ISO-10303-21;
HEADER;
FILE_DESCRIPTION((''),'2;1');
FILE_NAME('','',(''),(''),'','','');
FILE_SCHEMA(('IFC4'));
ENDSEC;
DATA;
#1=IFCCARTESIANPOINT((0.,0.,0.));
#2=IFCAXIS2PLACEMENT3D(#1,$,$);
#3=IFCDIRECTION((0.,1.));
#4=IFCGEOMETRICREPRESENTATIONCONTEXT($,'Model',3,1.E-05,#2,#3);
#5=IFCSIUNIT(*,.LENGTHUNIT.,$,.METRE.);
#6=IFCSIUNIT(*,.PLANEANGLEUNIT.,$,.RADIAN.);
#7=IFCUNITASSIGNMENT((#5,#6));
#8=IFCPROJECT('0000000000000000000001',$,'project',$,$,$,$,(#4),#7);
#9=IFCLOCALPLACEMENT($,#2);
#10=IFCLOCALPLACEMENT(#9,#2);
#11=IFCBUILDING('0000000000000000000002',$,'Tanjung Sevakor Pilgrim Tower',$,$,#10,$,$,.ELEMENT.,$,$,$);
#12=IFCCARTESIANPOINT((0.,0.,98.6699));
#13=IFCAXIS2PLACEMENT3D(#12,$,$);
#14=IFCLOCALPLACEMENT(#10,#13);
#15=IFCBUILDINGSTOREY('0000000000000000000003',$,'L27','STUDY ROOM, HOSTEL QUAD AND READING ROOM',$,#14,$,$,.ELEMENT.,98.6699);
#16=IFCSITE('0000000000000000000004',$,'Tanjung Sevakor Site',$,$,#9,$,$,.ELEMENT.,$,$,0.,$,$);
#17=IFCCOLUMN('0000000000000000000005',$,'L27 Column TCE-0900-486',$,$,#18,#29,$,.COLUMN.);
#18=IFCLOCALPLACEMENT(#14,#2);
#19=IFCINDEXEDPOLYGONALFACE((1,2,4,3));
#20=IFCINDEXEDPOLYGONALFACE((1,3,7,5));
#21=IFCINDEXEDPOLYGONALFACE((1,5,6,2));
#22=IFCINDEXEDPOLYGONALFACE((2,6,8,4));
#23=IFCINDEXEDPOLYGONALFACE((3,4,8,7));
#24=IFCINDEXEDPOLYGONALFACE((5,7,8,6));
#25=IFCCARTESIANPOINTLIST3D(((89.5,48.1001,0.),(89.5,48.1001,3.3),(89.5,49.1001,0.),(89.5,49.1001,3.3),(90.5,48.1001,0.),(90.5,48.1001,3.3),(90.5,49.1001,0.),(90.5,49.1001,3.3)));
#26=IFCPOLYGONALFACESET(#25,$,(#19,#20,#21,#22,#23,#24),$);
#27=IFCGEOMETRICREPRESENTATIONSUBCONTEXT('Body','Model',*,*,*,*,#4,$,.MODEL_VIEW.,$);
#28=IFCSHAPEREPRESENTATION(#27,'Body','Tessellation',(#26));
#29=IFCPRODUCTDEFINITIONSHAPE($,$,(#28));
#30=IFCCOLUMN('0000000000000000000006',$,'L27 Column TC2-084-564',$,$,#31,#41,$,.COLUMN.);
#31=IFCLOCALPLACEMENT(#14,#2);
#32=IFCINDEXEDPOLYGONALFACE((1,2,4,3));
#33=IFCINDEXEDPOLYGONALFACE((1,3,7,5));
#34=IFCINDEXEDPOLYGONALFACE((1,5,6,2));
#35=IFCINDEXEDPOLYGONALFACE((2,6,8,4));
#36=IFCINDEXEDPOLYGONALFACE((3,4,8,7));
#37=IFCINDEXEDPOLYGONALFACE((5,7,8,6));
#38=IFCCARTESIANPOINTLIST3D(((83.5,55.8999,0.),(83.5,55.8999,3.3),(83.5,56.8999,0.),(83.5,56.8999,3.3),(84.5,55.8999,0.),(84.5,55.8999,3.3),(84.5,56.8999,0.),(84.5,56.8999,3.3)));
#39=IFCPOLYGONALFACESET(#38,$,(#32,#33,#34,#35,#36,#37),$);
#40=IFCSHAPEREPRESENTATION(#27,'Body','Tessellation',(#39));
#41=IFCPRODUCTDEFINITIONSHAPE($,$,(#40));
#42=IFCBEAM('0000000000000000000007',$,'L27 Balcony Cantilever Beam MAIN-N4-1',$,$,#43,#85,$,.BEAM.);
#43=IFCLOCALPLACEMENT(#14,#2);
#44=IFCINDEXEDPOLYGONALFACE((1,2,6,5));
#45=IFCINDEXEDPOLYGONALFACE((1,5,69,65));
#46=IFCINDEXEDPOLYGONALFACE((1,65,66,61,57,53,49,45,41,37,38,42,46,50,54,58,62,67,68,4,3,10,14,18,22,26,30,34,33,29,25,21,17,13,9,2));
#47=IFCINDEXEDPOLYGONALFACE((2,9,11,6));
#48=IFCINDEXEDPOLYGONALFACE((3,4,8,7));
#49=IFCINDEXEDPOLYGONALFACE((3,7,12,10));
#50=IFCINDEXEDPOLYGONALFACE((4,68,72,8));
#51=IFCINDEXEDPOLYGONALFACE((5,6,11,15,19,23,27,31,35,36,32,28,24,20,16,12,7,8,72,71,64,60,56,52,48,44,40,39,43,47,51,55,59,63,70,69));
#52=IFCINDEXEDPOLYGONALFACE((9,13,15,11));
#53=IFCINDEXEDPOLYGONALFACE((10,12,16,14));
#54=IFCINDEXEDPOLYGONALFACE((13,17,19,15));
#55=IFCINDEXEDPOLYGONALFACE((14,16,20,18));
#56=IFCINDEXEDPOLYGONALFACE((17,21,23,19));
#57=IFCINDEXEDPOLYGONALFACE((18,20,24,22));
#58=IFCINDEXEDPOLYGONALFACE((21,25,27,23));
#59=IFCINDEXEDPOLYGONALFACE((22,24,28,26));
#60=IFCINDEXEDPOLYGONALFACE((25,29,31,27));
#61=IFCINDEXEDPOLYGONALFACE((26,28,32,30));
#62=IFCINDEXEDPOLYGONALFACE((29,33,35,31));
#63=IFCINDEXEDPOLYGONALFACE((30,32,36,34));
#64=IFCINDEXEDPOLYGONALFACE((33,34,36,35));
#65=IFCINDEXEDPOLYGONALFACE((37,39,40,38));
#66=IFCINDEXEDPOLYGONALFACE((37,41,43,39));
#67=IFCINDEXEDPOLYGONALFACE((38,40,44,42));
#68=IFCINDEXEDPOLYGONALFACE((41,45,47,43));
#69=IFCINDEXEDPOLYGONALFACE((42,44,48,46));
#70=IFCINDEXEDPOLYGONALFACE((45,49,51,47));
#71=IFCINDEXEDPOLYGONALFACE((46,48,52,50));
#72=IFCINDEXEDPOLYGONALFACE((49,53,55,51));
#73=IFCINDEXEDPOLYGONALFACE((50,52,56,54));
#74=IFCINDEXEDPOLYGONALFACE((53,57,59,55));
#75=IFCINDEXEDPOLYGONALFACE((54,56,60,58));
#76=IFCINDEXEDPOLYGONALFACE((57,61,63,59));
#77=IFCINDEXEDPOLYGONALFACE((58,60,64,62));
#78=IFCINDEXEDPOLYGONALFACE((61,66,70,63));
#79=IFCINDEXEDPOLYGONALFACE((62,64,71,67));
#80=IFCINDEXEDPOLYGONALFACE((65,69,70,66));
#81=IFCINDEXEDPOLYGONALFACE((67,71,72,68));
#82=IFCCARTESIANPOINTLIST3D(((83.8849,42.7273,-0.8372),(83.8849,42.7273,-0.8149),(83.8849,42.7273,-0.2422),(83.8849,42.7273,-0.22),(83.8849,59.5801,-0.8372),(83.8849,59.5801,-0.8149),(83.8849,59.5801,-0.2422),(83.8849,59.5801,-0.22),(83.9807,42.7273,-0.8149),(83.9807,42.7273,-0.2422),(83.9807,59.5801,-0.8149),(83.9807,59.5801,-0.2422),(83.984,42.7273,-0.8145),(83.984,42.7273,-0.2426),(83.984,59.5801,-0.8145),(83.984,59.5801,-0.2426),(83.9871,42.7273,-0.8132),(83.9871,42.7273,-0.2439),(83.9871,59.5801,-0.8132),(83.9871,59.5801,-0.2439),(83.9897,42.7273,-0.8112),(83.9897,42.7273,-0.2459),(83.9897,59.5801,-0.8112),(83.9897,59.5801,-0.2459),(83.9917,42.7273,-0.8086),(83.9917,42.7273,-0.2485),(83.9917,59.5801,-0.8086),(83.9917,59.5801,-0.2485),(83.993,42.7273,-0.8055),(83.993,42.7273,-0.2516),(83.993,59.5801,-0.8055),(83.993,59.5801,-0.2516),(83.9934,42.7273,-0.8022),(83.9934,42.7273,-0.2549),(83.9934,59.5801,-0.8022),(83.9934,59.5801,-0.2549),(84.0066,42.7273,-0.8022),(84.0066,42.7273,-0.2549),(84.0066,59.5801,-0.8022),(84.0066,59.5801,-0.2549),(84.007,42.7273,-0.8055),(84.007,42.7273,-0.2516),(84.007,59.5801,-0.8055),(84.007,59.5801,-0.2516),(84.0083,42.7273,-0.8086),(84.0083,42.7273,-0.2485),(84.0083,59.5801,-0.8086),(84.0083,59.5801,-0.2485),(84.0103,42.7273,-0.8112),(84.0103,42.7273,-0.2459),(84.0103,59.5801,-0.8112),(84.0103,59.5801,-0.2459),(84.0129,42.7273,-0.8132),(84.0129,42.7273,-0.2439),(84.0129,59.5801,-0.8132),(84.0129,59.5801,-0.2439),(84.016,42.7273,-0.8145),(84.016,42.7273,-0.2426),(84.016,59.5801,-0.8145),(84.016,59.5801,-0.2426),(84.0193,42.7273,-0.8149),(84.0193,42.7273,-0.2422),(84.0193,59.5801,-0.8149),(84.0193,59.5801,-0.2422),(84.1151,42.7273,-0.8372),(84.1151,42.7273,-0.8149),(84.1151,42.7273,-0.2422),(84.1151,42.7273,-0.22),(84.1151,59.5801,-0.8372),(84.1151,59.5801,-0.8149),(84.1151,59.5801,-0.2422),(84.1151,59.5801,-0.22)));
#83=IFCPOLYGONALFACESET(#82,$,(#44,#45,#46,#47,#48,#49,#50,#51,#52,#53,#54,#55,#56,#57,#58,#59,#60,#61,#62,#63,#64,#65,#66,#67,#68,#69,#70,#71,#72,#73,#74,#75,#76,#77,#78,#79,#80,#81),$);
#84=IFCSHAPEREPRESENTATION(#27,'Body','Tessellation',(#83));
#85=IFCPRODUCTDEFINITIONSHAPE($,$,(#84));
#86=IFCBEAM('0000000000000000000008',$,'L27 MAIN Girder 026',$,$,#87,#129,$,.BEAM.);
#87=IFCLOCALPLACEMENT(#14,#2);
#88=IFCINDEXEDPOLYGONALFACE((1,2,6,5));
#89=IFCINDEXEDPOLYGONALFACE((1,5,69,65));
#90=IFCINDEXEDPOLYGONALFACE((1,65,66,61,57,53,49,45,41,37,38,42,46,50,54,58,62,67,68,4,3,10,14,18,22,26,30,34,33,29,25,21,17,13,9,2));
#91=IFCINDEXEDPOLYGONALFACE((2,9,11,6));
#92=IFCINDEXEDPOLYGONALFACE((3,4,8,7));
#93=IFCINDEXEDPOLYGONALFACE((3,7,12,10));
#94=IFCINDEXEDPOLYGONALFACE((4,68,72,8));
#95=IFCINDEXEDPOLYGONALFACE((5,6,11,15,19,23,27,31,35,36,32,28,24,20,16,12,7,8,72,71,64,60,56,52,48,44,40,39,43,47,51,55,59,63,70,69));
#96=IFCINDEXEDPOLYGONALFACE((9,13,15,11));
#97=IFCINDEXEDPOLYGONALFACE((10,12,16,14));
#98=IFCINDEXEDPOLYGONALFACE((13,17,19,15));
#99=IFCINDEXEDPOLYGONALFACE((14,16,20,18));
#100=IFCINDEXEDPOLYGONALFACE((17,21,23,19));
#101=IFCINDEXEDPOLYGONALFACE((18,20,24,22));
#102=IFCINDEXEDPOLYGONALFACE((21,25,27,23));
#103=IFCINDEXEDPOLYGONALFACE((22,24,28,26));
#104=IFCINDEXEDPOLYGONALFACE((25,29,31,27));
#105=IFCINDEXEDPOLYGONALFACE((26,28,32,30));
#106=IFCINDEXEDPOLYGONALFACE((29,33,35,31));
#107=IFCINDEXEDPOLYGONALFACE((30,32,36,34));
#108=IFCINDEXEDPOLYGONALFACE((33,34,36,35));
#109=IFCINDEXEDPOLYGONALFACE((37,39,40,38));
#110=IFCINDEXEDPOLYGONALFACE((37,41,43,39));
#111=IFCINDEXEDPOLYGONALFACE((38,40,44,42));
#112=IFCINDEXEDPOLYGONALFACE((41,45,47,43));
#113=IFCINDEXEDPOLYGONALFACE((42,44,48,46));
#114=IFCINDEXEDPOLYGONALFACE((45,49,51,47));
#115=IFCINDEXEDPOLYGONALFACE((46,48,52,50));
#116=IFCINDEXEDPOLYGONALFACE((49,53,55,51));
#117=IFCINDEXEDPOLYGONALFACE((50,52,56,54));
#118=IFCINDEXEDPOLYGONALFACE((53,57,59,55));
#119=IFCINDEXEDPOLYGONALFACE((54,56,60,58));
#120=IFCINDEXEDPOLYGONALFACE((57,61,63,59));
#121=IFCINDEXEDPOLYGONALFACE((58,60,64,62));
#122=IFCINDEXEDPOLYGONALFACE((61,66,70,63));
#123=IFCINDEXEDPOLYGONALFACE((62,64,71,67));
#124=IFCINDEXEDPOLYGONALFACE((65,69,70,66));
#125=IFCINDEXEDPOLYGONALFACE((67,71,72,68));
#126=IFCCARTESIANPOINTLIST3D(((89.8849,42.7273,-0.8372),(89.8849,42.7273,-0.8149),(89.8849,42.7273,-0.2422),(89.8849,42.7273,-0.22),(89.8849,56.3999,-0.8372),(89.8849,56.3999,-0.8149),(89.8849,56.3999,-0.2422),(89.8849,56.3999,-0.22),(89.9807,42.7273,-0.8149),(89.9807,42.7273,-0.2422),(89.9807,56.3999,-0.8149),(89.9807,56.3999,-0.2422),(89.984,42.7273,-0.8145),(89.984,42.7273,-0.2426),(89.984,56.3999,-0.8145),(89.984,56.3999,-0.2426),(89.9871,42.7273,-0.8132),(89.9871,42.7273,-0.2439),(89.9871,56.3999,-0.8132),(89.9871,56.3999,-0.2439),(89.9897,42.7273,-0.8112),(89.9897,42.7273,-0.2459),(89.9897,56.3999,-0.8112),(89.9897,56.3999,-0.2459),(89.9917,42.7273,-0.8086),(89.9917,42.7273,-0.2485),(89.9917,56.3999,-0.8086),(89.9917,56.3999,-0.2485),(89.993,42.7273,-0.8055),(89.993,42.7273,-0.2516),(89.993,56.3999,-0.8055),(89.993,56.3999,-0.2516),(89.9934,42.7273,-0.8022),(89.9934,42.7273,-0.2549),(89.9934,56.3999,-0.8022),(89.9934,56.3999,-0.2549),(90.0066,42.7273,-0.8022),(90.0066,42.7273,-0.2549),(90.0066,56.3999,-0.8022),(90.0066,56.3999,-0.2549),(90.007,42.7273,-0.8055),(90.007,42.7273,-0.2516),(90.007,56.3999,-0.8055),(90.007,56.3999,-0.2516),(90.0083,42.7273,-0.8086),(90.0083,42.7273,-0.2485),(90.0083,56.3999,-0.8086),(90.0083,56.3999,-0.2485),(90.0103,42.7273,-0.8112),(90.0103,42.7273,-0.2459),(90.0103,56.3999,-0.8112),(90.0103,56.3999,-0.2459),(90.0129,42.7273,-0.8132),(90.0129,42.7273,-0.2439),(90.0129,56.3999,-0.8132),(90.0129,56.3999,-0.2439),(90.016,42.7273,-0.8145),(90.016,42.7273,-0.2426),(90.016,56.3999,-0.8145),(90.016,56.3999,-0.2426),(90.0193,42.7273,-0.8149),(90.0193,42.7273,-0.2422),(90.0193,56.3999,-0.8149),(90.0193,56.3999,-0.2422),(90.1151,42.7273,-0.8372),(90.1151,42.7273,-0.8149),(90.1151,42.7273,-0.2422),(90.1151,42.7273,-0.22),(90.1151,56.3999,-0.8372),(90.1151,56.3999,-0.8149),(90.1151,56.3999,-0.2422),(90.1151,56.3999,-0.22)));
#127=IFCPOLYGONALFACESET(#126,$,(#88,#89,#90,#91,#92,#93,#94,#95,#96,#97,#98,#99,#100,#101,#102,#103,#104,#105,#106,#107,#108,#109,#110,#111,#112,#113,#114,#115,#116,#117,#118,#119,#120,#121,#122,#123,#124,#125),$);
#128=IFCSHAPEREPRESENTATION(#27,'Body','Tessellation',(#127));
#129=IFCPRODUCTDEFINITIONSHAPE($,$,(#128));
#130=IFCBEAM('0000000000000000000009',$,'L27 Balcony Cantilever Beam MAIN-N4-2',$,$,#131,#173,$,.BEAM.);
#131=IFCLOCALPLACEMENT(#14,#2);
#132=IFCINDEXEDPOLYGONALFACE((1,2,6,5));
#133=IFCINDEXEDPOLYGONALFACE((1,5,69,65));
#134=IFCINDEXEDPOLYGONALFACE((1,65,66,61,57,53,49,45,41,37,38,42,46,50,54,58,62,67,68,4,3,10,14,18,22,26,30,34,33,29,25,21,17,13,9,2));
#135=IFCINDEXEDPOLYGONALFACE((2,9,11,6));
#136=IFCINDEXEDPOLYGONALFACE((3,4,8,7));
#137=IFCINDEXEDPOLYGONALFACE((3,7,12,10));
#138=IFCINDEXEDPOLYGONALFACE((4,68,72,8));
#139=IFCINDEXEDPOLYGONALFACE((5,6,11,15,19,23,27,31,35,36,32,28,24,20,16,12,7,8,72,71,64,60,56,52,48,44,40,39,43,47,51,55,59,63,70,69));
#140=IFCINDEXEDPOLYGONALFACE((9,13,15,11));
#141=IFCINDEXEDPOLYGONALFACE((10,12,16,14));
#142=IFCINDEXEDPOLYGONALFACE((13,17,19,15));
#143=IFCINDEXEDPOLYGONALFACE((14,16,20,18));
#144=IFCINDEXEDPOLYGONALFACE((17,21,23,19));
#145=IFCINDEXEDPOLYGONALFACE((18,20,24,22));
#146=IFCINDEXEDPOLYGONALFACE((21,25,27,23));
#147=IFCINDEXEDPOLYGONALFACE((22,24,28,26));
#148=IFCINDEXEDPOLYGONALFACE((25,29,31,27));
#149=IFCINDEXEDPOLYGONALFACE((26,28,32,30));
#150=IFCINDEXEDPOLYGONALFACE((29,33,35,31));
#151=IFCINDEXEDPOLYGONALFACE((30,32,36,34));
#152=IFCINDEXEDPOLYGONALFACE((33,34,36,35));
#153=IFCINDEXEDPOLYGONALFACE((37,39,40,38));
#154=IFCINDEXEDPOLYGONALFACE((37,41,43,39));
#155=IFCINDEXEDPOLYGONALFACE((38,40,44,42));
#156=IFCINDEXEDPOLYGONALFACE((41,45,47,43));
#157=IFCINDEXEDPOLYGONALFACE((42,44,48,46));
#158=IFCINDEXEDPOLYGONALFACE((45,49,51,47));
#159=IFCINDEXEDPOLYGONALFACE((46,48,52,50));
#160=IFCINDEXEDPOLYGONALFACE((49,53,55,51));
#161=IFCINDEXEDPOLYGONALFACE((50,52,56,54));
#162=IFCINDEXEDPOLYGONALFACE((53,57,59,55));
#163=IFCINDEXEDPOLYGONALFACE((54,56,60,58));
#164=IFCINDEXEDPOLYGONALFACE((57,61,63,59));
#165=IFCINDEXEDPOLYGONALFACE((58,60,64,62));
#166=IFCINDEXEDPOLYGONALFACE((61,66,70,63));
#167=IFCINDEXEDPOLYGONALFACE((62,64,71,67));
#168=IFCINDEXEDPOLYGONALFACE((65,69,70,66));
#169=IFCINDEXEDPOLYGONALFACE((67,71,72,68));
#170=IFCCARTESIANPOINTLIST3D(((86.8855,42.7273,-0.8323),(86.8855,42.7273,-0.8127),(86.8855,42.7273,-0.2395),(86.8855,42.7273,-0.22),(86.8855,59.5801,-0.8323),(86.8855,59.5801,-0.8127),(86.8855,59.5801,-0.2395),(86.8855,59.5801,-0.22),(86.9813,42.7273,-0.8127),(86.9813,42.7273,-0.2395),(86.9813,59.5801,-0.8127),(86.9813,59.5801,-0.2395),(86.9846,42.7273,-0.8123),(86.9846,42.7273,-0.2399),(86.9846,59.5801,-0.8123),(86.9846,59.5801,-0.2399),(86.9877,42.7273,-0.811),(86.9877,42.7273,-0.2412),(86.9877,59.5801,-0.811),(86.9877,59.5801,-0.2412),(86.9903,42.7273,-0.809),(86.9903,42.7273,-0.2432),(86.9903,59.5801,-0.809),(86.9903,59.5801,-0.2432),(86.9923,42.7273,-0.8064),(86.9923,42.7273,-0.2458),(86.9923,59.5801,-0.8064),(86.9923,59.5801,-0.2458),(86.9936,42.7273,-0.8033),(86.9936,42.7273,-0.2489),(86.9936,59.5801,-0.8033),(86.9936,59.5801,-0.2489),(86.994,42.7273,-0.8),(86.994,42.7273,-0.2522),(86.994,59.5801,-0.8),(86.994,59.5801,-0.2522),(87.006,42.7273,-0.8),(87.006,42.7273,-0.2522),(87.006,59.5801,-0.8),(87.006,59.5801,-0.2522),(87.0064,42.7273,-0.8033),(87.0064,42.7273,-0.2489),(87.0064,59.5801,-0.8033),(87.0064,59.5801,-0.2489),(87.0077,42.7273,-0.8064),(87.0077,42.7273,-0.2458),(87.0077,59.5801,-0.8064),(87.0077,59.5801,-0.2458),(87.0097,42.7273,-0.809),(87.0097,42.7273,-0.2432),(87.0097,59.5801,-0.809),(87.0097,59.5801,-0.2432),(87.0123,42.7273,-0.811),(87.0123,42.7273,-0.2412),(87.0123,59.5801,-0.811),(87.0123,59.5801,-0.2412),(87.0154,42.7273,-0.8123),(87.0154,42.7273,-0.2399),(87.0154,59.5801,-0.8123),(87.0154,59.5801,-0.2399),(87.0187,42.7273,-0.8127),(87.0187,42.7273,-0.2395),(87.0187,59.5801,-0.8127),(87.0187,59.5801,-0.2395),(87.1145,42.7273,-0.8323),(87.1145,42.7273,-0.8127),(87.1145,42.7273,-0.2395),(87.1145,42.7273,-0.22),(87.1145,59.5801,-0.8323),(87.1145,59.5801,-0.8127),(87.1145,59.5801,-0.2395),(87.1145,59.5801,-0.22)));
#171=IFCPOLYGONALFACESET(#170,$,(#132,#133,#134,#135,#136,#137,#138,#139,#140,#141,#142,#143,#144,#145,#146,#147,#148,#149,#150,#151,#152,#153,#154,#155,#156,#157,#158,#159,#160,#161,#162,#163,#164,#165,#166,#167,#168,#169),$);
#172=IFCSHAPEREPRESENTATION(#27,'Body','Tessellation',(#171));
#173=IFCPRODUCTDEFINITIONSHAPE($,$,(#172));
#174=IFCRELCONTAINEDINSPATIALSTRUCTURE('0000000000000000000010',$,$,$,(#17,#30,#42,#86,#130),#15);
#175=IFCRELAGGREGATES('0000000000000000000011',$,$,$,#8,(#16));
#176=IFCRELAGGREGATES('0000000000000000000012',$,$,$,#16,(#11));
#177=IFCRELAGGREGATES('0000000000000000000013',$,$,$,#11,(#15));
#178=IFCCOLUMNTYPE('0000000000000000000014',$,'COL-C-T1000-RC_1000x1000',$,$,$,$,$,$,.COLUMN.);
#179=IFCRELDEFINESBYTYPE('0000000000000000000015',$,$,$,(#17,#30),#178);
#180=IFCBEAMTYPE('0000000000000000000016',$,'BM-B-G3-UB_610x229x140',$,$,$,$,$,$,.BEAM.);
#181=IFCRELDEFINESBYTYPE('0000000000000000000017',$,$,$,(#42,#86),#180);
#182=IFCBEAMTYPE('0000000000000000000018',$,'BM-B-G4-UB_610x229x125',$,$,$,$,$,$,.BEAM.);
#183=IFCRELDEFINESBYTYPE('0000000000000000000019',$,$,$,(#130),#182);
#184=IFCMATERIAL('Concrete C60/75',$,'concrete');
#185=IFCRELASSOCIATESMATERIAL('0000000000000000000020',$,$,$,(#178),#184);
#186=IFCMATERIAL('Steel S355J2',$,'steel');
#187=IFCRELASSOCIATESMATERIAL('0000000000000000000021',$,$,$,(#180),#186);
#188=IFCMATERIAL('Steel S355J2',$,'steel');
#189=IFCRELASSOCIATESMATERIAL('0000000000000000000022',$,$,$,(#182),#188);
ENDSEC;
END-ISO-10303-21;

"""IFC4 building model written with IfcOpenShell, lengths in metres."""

from ifc_helpers import new_model, si_unit, direction, frame, origin, origin_2d, place, context, subcontext, project, spatial, rectangle, i_section, extrude, material, material_profile, profile_set, type_object, element, save


model = new_model("IFC4")

# Units and contexts
model_context = context("Model", 3, precision=1e-05, world=origin(), true_north=direction((0.0, 1.0)))
body_context = subcontext(model_context, "Body", "Model", "MODEL_VIEW")
ifc_project = project(units=[si_unit("LENGTHUNIT", "METRE"), si_unit("PLANEANGLEUNIT", "RADIAN")], contexts=[model_context])

# Site, building, storey
site_placement = place(None, origin())
site = spatial("IfcSite", under=ifc_project, at=site_placement, Name="Tanjung Sevakor Site", CompositionType="ELEMENT", RefElevation=0.0)
building_placement = place(site_placement, origin())
building = spatial("IfcBuilding", under=site, at=building_placement, Name="Tanjung Sevakor Pilgrim Tower", CompositionType="ELEMENT")
storey_placement = place(building_placement, frame((0.0, 0.0, 98.6699)))
storey = spatial("IfcBuildingStorey", under=building, at=storey_placement, Name="L27", Description="STUDY ROOM, HOSTEL QUAD AND READING ROOM", CompositionType="ELEMENT", Elevation=98.6699)

# Columns
ifc_material_1 = material(Name="Concrete C60/75", Category="concrete")
ifc_material_profile_1 = material_profile(ifc_material_1, rectangle(XDim=1.0, YDim=1.0, at=origin_2d()))
ifc_profile_set_1 = profile_set([ifc_material_profile_1], Name="Concrete C60/75")
column_type = type_object("IfcColumnType", Name="COL-C-T1000-RC_1000x1000", PredefinedType="COLUMN", material=ifc_profile_set_1)
for number, where, z_axis, x_axis, name in (
    (1, (90.0, 48.6001, 0.0), (0.0, 0.0, 1.0), (1.0, 0.0, 0.0), "L27 Column TCE-0900-486"),
    (2, (84.0, 56.3999, 0.0), (0.0, 0.0, 1.0), (1.0, 0.0, 0.0), "L27 Column TC2-084-564"),
):
    element("IfcColumn", number, at=place(storey_placement, frame(where, z_axis=z_axis, x_axis=x_axis)), inside=storey, type_object=column_type, Name=name, PredefinedType="COLUMN", context=body_context, shape_type="SweptSolid", body=[
        extrude(rectangle(XDim=1.0, YDim=1.0, at=origin_2d()), origin(), (0.0, 0.0, 1.0), 3.3),
    ])

# Beams
ifc_material_2 = material(Name="Steel S355J2", Category="steel")
ifc_material_profile_2 = material_profile(ifc_material_2, i_section(OverallWidth=0.2302, OverallDepth=0.6172, WebThickness=0.0132, FlangeThickness=0.0222, FilletRadius=0.0127, at=origin_2d()))
ifc_profile_set_2 = profile_set([ifc_material_profile_2], Name="Steel S355J2")
beam_type_1 = type_object("IfcBeamType", Name="BM-B-G3-UB_610x229x140", PredefinedType="BEAM", material=ifc_profile_set_2)
beam_1_placement = place(storey_placement, frame((84.0, 42.7273, -0.5286), z_axis=(0.0, 1.0, 0.0), x_axis=(-1.0, 0.0, 0.0)))
element("IfcBeam", 3, at=beam_1_placement, inside=storey, type_object=beam_type_1, Name="L27 Balcony Cantilever Beam MAIN-N4-1", PredefinedType="BEAM", context=body_context, shape_type="SweptSolid", body=[
    extrude(i_section(OverallWidth=0.2302, OverallDepth=0.6172, WebThickness=0.0132, FlangeThickness=0.0222, FilletRadius=0.0127, at=origin_2d()), origin(), (0.0, 0.0, 1.0), 16.8528),
])
beam_2_placement = place(storey_placement, frame((90.0, 42.7273, -0.5286), z_axis=(0.0, 1.0, 0.0), x_axis=(-1.0, 0.0, 0.0)))
element("IfcBeam", 4, at=beam_2_placement, inside=storey, type_object=beam_type_1, Name="L27 MAIN Girder 026", PredefinedType="BEAM", context=body_context, shape_type="SweptSolid", body=[
    extrude(i_section(OverallWidth=0.2302, OverallDepth=0.6172, WebThickness=0.0132, FlangeThickness=0.0222, FilletRadius=0.0127, at=origin_2d()), origin(), (0.0, 0.0, 1.0), 13.6726),
])
ifc_material_3 = material(Name="Steel S355J2", Category="steel")
ifc_material_profile_3 = material_profile(ifc_material_3, i_section(OverallWidth=0.229, OverallDepth=0.6123, WebThickness=0.012, FlangeThickness=0.0195, FilletRadius=0.0127, at=origin_2d()))
ifc_profile_set_3 = profile_set([ifc_material_profile_3], Name="Steel S355J2")
beam_type_2 = type_object("IfcBeamType", Name="BM-B-G4-UB_610x229x125", PredefinedType="BEAM", material=ifc_profile_set_3)
beam_3_placement = place(storey_placement, frame((87.0, 42.7273, -0.5261), z_axis=(0.0, 1.0, 0.0), x_axis=(-1.0, 0.0, 0.0)))
element("IfcBeam", 5, at=beam_3_placement, inside=storey, type_object=beam_type_2, Name="L27 Balcony Cantilever Beam MAIN-N4-2", PredefinedType="BEAM", context=body_context, shape_type="SweptSolid", body=[
    extrude(i_section(OverallWidth=0.229, OverallDepth=0.6123, WebThickness=0.012, FlangeThickness=0.0195, FilletRadius=0.0127, at=origin_2d()), origin(), (0.0, 0.0, 1.0), 16.8528),
])

save(model, "model.ifc")
